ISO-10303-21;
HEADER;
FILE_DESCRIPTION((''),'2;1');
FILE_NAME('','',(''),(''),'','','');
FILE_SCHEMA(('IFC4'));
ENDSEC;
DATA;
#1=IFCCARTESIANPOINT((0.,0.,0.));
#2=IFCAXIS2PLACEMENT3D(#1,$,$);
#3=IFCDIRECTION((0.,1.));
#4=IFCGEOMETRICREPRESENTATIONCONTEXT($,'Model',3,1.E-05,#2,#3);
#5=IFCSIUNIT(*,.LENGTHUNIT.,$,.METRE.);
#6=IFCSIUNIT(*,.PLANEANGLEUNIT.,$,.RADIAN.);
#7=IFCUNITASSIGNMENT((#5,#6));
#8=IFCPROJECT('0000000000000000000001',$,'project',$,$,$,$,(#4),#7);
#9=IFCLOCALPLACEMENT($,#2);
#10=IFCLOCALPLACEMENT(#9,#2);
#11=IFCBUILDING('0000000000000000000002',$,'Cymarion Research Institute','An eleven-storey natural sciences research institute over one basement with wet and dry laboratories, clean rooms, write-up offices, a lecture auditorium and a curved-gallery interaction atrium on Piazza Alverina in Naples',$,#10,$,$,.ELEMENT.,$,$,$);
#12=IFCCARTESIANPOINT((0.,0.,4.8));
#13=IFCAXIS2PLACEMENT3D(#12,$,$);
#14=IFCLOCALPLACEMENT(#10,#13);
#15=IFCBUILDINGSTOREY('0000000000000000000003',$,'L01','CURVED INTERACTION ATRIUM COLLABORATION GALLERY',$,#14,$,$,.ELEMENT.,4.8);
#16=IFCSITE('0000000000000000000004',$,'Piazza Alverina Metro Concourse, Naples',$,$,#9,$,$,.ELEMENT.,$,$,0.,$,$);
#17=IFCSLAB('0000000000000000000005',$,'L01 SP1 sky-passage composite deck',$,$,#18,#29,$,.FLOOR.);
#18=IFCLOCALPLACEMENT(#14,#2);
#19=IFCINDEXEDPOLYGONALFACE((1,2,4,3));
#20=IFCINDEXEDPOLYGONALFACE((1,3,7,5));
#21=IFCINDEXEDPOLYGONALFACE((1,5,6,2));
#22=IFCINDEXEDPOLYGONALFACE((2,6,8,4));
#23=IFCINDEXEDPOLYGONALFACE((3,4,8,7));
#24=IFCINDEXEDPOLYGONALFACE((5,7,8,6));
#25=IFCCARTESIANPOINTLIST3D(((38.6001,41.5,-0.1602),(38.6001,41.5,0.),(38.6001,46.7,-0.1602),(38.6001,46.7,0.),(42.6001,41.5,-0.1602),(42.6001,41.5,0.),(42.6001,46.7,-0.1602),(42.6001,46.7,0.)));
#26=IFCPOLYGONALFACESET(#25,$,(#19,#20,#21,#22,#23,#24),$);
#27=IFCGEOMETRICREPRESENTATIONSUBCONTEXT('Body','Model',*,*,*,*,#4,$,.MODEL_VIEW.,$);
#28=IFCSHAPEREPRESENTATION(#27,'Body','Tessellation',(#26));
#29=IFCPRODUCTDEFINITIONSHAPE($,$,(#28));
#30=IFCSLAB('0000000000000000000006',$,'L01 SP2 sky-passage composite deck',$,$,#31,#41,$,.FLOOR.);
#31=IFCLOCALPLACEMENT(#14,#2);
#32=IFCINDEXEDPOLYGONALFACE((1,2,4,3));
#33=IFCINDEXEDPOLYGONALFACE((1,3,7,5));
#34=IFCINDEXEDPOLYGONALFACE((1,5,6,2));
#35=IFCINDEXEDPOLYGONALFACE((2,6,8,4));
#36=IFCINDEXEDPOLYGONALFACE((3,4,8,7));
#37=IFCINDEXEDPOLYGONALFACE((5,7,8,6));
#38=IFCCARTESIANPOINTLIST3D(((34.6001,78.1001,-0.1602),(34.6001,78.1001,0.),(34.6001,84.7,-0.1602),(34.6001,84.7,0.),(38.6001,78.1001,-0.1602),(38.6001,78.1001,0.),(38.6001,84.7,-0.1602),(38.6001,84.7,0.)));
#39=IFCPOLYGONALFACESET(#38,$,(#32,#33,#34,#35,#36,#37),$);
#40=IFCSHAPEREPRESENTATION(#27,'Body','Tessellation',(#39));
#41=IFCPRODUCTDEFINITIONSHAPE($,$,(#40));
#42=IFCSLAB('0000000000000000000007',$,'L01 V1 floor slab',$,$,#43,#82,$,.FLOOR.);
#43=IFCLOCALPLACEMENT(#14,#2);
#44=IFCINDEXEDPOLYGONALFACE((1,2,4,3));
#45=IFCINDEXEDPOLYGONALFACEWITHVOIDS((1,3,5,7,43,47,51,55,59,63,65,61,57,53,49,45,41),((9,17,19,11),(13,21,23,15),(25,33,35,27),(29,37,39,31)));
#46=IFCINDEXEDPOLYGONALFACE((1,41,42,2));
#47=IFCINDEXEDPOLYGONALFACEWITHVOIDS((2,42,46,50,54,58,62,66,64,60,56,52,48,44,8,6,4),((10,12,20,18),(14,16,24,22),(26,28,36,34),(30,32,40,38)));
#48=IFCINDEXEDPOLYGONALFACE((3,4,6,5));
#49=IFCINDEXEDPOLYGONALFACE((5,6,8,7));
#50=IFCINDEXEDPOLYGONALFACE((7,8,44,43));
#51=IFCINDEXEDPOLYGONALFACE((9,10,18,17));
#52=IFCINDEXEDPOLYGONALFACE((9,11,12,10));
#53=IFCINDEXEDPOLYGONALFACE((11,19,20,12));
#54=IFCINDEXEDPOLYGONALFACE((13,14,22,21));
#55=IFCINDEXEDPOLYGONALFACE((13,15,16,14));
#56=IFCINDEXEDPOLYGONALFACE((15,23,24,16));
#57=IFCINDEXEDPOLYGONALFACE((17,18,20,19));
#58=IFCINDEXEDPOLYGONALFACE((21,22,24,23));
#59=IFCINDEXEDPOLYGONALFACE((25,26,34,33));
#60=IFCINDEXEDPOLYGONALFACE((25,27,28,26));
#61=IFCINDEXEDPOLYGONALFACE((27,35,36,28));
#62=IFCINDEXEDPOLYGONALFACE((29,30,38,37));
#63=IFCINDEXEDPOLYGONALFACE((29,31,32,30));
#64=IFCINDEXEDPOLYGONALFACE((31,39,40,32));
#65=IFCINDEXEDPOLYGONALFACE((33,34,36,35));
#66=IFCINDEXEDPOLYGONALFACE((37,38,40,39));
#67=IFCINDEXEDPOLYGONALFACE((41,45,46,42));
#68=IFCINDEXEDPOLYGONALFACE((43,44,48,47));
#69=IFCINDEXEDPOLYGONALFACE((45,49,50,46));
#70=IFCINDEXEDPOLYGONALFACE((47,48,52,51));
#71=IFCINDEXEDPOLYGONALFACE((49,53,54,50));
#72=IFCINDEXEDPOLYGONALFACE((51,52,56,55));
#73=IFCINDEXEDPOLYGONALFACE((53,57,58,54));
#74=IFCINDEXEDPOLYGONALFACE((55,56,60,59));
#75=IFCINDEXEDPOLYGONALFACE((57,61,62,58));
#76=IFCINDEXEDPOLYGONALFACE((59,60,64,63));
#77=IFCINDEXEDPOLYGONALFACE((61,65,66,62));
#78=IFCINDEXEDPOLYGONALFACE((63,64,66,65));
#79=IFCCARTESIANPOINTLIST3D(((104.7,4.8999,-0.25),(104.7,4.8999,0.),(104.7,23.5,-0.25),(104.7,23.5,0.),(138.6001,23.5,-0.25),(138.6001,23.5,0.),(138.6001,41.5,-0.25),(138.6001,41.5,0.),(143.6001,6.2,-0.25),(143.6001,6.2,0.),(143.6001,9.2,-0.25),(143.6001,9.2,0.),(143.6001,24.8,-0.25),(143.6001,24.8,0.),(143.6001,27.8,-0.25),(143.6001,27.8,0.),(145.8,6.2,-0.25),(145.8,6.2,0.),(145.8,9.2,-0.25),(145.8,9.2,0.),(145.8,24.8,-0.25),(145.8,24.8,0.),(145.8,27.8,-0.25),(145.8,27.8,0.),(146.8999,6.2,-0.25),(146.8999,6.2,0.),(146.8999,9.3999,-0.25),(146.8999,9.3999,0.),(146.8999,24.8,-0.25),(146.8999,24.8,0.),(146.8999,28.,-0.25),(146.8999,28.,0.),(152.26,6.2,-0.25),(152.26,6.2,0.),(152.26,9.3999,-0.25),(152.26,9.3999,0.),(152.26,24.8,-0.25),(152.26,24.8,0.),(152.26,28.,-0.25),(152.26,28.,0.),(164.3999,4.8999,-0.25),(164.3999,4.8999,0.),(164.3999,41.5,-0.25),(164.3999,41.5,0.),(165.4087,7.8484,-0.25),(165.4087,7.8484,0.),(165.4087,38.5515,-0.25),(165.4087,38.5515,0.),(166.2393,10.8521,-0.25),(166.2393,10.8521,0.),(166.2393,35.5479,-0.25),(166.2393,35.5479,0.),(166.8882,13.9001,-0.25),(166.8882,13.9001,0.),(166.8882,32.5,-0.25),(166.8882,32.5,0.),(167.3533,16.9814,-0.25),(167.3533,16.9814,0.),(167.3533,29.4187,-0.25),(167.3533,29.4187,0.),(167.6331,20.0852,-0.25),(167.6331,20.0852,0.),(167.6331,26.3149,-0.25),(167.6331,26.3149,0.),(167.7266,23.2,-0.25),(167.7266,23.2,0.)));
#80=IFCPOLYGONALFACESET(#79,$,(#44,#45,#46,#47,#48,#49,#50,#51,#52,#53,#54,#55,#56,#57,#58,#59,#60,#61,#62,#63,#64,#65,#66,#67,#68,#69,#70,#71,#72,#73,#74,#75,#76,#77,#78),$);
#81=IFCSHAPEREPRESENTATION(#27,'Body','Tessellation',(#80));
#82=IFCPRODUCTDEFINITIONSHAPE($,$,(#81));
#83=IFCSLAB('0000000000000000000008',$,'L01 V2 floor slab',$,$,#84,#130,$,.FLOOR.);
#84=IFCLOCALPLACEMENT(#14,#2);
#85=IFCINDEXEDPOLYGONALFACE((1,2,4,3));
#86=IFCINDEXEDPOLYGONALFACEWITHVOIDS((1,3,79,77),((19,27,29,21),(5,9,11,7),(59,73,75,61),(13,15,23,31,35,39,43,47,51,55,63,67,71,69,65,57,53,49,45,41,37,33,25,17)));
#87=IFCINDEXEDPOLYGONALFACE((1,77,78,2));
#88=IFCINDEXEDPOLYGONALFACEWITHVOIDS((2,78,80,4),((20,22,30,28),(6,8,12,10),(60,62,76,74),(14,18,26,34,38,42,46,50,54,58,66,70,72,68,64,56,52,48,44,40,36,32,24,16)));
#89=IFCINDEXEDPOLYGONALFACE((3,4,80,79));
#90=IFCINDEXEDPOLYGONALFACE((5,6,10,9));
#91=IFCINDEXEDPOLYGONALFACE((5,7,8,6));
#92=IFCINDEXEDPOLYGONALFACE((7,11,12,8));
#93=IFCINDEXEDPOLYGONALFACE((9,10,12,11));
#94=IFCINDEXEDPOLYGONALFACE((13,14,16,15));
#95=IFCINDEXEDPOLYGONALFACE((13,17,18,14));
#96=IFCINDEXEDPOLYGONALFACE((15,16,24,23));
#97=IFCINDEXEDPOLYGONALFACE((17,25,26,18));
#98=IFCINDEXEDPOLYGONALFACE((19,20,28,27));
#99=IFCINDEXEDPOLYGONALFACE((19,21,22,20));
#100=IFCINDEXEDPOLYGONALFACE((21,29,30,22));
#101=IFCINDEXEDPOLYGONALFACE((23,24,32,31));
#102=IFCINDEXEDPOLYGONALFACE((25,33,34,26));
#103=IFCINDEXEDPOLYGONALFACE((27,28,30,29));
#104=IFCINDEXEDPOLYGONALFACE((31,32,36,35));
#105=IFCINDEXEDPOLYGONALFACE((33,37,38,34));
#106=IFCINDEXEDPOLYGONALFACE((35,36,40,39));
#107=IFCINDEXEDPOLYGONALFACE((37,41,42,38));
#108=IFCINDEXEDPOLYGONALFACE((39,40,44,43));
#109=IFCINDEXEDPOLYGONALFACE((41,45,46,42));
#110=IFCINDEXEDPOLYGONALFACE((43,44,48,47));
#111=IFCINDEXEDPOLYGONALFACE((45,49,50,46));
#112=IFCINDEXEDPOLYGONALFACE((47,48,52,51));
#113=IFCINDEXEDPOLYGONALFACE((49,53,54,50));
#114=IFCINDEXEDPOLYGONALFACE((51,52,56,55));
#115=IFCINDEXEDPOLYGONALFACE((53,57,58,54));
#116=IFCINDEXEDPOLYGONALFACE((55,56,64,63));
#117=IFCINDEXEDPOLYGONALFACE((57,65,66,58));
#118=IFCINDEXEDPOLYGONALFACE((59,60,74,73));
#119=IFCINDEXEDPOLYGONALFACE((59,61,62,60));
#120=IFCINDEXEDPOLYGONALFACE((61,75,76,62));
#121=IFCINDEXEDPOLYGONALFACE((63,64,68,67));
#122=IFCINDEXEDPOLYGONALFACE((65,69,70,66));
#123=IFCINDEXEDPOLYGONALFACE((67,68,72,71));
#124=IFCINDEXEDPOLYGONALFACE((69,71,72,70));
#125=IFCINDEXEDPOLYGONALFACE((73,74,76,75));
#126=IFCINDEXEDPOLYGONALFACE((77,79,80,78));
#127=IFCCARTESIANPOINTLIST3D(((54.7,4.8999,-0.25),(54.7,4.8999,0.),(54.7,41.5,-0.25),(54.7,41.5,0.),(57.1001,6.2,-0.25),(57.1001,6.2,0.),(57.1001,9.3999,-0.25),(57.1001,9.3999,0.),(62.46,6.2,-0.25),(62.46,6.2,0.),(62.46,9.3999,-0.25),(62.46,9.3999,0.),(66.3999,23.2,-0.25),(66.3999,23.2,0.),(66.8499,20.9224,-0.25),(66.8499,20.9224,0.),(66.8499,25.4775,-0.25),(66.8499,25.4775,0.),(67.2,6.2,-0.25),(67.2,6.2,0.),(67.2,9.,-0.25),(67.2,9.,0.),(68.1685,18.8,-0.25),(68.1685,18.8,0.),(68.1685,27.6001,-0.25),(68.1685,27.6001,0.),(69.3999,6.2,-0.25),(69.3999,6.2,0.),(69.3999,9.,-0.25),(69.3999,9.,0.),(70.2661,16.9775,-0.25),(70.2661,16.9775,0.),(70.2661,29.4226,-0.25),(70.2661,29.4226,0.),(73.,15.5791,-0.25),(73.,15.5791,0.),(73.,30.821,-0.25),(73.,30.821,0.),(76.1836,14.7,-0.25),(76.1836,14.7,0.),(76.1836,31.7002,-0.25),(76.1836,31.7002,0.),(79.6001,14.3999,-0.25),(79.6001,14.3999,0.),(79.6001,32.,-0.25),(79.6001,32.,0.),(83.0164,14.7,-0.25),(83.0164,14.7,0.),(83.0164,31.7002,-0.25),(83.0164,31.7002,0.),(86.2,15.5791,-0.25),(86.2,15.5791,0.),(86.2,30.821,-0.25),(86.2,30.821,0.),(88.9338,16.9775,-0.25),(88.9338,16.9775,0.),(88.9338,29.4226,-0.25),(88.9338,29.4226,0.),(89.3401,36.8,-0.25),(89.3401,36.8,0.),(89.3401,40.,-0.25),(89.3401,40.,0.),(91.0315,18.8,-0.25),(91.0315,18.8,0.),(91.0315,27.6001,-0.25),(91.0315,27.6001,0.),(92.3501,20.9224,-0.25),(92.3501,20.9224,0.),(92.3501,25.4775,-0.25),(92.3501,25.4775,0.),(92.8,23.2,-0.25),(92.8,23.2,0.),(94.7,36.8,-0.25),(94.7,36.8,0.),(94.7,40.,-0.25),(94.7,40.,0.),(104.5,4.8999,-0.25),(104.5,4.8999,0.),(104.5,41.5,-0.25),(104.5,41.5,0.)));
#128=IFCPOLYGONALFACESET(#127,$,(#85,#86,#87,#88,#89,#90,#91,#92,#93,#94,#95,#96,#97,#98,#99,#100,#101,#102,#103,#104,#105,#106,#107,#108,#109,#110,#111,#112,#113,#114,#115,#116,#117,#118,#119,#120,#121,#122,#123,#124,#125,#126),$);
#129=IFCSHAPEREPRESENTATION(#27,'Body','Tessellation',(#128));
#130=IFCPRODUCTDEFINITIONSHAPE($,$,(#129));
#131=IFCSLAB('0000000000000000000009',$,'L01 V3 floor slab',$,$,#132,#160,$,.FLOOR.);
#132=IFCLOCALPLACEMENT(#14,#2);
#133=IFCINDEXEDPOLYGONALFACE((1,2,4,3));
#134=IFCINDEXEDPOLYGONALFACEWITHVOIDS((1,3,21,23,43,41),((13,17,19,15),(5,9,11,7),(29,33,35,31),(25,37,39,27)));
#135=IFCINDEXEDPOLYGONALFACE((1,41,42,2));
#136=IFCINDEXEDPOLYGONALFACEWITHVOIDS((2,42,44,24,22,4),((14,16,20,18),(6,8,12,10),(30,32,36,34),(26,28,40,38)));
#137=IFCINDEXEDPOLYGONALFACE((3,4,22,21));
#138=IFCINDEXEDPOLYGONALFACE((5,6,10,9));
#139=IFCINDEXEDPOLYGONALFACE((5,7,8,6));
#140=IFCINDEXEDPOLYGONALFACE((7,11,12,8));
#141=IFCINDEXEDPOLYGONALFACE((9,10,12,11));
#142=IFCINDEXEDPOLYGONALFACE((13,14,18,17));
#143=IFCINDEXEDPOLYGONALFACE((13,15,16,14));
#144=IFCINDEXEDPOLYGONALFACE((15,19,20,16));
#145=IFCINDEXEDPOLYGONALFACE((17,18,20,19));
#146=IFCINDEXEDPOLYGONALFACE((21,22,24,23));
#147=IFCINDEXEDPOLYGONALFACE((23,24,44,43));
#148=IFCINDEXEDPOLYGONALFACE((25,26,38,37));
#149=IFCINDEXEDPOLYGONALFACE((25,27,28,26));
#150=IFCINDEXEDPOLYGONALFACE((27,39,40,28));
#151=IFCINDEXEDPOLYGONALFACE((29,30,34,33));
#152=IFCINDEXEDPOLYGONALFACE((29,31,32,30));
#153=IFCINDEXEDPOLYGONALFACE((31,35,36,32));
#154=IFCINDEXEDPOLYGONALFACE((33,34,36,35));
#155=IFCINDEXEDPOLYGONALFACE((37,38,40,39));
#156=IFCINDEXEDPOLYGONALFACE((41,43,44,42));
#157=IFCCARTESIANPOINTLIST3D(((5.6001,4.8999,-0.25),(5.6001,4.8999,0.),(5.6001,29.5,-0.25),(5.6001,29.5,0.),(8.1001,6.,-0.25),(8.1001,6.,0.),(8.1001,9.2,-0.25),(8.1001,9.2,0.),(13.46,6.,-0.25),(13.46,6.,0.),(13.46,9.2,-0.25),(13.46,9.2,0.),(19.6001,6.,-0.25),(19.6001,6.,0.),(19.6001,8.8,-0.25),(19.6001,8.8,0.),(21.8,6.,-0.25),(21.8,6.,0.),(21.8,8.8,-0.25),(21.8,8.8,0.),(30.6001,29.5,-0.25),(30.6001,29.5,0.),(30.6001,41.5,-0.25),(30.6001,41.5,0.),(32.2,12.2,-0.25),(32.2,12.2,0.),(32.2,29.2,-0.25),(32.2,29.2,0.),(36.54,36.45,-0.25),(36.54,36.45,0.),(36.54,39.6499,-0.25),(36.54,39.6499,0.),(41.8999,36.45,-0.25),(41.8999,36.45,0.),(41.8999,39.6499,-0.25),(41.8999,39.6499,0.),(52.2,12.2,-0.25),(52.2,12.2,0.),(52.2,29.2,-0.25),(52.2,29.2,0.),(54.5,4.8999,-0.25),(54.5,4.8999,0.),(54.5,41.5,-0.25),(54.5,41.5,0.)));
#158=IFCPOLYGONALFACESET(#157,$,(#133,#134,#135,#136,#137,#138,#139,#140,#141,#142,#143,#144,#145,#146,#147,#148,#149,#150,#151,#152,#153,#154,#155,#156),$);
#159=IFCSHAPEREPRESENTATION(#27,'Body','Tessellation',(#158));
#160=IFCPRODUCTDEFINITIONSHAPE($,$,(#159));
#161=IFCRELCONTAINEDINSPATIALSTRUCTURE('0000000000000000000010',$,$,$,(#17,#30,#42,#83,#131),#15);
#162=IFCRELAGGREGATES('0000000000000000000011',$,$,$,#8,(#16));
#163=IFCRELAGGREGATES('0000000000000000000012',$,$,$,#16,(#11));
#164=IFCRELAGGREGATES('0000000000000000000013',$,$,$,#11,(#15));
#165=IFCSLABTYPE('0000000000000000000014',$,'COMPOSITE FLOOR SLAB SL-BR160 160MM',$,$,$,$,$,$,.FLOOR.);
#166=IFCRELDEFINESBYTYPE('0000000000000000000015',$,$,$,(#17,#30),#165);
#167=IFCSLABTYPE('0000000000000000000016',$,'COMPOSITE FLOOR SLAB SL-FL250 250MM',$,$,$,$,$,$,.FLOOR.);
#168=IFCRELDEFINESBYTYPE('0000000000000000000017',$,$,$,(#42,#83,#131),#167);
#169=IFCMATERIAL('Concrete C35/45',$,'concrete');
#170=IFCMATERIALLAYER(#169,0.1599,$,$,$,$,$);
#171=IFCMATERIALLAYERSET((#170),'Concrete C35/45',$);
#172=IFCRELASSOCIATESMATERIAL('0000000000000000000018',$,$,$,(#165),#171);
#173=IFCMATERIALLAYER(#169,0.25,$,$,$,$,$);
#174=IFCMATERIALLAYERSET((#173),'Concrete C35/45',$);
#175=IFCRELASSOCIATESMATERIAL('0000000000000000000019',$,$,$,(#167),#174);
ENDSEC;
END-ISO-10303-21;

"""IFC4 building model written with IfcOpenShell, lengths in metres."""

from ifc_helpers import new_model, si_unit, direction, frame, origin, place, context, subcontext, project, spatial, polyline, outline, extrude, material, layer, layer_set, type_object, element, save


model = new_model("IFC4")

# Units and contexts
model_context = context("Model", 3, precision=1e-05, world=origin(), true_north=direction((0.0, 1.0)))
body_context = subcontext(model_context, "Body", "Model", "MODEL_VIEW")
ifc_project = project(units=[si_unit("LENGTHUNIT", "METRE"), si_unit("PLANEANGLEUNIT", "RADIAN")], contexts=[model_context])

# Site, building, storey
site_placement = place(None, origin())
site = spatial("IfcSite", under=ifc_project, at=site_placement, Name="Piazza Alverina Metro Concourse, Naples", CompositionType="ELEMENT", RefElevation=0.0)
building_placement = place(site_placement, origin())
building = spatial("IfcBuilding", under=site, at=building_placement, Name="Cymarion Research Institute", Description="An eleven-storey natural sciences research institute over one basement with wet and dry laboratories, clean rooms, write-up offices, a lecture auditorium and a curved-gallery interaction atrium on Piazza Alverina in Naples", CompositionType="ELEMENT")
storey_placement = place(building_placement, frame((0.0, 0.0, 4.8)))
storey = spatial("IfcBuildingStorey", under=building, at=storey_placement, Name="L01", Description="CURVED INTERACTION ATRIUM COLLABORATION GALLERY", CompositionType="ELEMENT", Elevation=4.8)

# Slabs
ifc_material_1 = material(Name="Concrete C35/45", Category="concrete")
ifc_layer_1 = layer(ifc_material_1, 0.1599)
ifc_layer_set_1 = layer_set([ifc_layer_1], Name="Concrete C35/45")
slab_type_1 = type_object("IfcSlabType", Name="COMPOSITE FLOOR SLAB SL-BR160 160MM", PredefinedType="FLOOR", material=ifc_layer_set_1)
slab_1_placement = place(storey_placement, frame((0.0, 0.0, -0.1602)))
element("IfcSlab", 1, at=slab_1_placement, inside=storey, type_object=slab_type_1, Name="L01 SP1 sky-passage composite deck", PredefinedType="FLOOR", context=body_context, shape_type="SweptSolid", body=[
    extrude(outline(polyline([(38.6001, 41.5), (42.6001, 41.5), (42.6001, 46.7), (38.6001, 46.7), (38.6001, 41.5)])), origin(), (0.0, 0.0, 1.0), 0.1602),
])
slab_2_placement = place(storey_placement, frame((0.0, 0.0, -0.1602)))
element("IfcSlab", 2, at=slab_2_placement, inside=storey, type_object=slab_type_1, Name="L01 SP2 sky-passage composite deck", PredefinedType="FLOOR", context=body_context, shape_type="SweptSolid", body=[
    extrude(outline(polyline([(34.6001, 78.1001), (38.6001, 78.1001), (38.6001, 84.7), (34.6001, 84.7), (34.6001, 78.1001)])), origin(), (0.0, 0.0, 1.0), 0.1602),
])
ifc_layer_2 = layer(ifc_material_1, 0.25)
ifc_layer_set_2 = layer_set([ifc_layer_2], Name="Concrete C35/45")
slab_type_2 = type_object("IfcSlabType", Name="COMPOSITE FLOOR SLAB SL-FL250 250MM", PredefinedType="FLOOR", material=ifc_layer_set_2)
slab_3_placement = place(storey_placement, frame((0.0, 0.0, -0.25)))
element("IfcSlab", 3, at=slab_3_placement, inside=storey, type_object=slab_type_2, Name="L01 V1 floor slab", PredefinedType="FLOOR", context=body_context, shape_type="SweptSolid", body=[
    extrude(outline(polyline([(104.7, 4.8999), (164.3999, 4.8999), (165.4087, 7.8484), (166.2393, 10.8521), (166.8882, 13.9001), (167.3533, 16.9814), (167.6331, 20.0852), (167.7266, 23.2), (167.6331, 26.3149), (167.3533, 29.4187), (166.8882, 32.5), (166.2393, 35.5479), (165.4087, 38.5515), (164.3999, 41.5), (138.6001, 41.5), (138.6001, 23.5), (104.7, 23.5), (104.7, 4.8999)]), holes=[polyline([(152.26, 9.3999), (146.8999, 9.3999), (146.8999, 6.2), (152.26, 6.2), (152.26, 9.3999)]), polyline([(143.6001, 6.2), (145.8, 6.2), (145.8, 9.2), (143.6001, 9.2), (143.6001, 6.2)]), polyline([(152.26, 28.0), (146.8999, 28.0), (146.8999, 24.8), (152.26, 24.8), (152.26, 28.0)]), polyline([(143.6001, 24.8), (145.8, 24.8), (145.8, 27.8), (143.6001, 27.8), (143.6001, 24.8)])]), origin(), (0.0, 0.0, 1.0), 0.25),
])
slab_4_placement = place(storey_placement, frame((0.0, 0.0, -0.25)))
element("IfcSlab", 4, at=slab_4_placement, inside=storey, type_object=slab_type_2, Name="L01 V2 floor slab", PredefinedType="FLOOR", context=body_context, shape_type="SweptSolid", body=[
    extrude(outline(polyline([(54.7, 4.8999), (104.5, 4.8999), (104.5, 41.5), (54.7, 41.5), (54.7, 4.8999)]), holes=[polyline([(62.46, 9.3999), (57.1001, 9.3999), (57.1001, 6.2), (62.46, 6.2), (62.46, 9.3999)]), polyline([(67.2, 6.2), (69.3999, 6.2), (69.3999, 9.0), (67.2, 9.0), (67.2, 6.2)]), polyline([(89.3401, 36.8), (94.7, 36.8), (94.7, 40.0), (89.3401, 40.0), (89.3401, 36.8)]), polyline([(92.8, 23.2), (92.3501, 25.4775), (91.0315, 27.6001), (88.9338, 29.4226), (86.2, 30.821), (83.0164, 31.7002), (79.6001, 32.0), (76.1836, 31.7002), (73.0, 30.821), (70.2661, 29.4226), (68.1685, 27.6001), (66.8499, 25.4775), (66.3999, 23.2), (66.8499, 20.9224), (68.1685, 18.8), (70.2661, 16.9775), (73.0, 15.5791), (76.1836, 14.7), (79.6001, 14.3999), (83.0164, 14.7), (86.2, 15.5791), (88.9338, 16.9775), (91.0315, 18.8), (92.3501, 20.9224), (92.8, 23.2)])]), origin(), (0.0, 0.0, 1.0), 0.25),
])
slab_5_placement = place(storey_placement, frame((0.0, 0.0, -0.25)))
element("IfcSlab", 5, at=slab_5_placement, inside=storey, type_object=slab_type_2, Name="L01 V3 floor slab", PredefinedType="FLOOR", context=body_context, shape_type="SweptSolid", body=[
    extrude(outline(polyline([(5.6001, 4.8999), (54.5, 4.8999), (54.5, 41.5), (30.6001, 41.5), (30.6001, 29.5), (5.6001, 29.5), (5.6001, 4.8999)]), holes=[polyline([(13.46, 9.2), (8.1001, 9.2), (8.1001, 6.0), (13.46, 6.0), (13.46, 9.2)]), polyline([(19.6001, 6.0), (21.8, 6.0), (21.8, 8.8), (19.6001, 8.8), (19.6001, 6.0)]), polyline([(36.54, 36.45), (41.8999, 36.45), (41.8999, 39.6499), (36.54, 39.6499), (36.54, 36.45)]), polyline([(32.2, 12.2), (52.2, 12.2), (52.2, 29.2), (32.2, 29.2), (32.2, 12.2)])]), origin(), (0.0, 0.0, 1.0), 0.25),
])

save(model, "model.ifc")
